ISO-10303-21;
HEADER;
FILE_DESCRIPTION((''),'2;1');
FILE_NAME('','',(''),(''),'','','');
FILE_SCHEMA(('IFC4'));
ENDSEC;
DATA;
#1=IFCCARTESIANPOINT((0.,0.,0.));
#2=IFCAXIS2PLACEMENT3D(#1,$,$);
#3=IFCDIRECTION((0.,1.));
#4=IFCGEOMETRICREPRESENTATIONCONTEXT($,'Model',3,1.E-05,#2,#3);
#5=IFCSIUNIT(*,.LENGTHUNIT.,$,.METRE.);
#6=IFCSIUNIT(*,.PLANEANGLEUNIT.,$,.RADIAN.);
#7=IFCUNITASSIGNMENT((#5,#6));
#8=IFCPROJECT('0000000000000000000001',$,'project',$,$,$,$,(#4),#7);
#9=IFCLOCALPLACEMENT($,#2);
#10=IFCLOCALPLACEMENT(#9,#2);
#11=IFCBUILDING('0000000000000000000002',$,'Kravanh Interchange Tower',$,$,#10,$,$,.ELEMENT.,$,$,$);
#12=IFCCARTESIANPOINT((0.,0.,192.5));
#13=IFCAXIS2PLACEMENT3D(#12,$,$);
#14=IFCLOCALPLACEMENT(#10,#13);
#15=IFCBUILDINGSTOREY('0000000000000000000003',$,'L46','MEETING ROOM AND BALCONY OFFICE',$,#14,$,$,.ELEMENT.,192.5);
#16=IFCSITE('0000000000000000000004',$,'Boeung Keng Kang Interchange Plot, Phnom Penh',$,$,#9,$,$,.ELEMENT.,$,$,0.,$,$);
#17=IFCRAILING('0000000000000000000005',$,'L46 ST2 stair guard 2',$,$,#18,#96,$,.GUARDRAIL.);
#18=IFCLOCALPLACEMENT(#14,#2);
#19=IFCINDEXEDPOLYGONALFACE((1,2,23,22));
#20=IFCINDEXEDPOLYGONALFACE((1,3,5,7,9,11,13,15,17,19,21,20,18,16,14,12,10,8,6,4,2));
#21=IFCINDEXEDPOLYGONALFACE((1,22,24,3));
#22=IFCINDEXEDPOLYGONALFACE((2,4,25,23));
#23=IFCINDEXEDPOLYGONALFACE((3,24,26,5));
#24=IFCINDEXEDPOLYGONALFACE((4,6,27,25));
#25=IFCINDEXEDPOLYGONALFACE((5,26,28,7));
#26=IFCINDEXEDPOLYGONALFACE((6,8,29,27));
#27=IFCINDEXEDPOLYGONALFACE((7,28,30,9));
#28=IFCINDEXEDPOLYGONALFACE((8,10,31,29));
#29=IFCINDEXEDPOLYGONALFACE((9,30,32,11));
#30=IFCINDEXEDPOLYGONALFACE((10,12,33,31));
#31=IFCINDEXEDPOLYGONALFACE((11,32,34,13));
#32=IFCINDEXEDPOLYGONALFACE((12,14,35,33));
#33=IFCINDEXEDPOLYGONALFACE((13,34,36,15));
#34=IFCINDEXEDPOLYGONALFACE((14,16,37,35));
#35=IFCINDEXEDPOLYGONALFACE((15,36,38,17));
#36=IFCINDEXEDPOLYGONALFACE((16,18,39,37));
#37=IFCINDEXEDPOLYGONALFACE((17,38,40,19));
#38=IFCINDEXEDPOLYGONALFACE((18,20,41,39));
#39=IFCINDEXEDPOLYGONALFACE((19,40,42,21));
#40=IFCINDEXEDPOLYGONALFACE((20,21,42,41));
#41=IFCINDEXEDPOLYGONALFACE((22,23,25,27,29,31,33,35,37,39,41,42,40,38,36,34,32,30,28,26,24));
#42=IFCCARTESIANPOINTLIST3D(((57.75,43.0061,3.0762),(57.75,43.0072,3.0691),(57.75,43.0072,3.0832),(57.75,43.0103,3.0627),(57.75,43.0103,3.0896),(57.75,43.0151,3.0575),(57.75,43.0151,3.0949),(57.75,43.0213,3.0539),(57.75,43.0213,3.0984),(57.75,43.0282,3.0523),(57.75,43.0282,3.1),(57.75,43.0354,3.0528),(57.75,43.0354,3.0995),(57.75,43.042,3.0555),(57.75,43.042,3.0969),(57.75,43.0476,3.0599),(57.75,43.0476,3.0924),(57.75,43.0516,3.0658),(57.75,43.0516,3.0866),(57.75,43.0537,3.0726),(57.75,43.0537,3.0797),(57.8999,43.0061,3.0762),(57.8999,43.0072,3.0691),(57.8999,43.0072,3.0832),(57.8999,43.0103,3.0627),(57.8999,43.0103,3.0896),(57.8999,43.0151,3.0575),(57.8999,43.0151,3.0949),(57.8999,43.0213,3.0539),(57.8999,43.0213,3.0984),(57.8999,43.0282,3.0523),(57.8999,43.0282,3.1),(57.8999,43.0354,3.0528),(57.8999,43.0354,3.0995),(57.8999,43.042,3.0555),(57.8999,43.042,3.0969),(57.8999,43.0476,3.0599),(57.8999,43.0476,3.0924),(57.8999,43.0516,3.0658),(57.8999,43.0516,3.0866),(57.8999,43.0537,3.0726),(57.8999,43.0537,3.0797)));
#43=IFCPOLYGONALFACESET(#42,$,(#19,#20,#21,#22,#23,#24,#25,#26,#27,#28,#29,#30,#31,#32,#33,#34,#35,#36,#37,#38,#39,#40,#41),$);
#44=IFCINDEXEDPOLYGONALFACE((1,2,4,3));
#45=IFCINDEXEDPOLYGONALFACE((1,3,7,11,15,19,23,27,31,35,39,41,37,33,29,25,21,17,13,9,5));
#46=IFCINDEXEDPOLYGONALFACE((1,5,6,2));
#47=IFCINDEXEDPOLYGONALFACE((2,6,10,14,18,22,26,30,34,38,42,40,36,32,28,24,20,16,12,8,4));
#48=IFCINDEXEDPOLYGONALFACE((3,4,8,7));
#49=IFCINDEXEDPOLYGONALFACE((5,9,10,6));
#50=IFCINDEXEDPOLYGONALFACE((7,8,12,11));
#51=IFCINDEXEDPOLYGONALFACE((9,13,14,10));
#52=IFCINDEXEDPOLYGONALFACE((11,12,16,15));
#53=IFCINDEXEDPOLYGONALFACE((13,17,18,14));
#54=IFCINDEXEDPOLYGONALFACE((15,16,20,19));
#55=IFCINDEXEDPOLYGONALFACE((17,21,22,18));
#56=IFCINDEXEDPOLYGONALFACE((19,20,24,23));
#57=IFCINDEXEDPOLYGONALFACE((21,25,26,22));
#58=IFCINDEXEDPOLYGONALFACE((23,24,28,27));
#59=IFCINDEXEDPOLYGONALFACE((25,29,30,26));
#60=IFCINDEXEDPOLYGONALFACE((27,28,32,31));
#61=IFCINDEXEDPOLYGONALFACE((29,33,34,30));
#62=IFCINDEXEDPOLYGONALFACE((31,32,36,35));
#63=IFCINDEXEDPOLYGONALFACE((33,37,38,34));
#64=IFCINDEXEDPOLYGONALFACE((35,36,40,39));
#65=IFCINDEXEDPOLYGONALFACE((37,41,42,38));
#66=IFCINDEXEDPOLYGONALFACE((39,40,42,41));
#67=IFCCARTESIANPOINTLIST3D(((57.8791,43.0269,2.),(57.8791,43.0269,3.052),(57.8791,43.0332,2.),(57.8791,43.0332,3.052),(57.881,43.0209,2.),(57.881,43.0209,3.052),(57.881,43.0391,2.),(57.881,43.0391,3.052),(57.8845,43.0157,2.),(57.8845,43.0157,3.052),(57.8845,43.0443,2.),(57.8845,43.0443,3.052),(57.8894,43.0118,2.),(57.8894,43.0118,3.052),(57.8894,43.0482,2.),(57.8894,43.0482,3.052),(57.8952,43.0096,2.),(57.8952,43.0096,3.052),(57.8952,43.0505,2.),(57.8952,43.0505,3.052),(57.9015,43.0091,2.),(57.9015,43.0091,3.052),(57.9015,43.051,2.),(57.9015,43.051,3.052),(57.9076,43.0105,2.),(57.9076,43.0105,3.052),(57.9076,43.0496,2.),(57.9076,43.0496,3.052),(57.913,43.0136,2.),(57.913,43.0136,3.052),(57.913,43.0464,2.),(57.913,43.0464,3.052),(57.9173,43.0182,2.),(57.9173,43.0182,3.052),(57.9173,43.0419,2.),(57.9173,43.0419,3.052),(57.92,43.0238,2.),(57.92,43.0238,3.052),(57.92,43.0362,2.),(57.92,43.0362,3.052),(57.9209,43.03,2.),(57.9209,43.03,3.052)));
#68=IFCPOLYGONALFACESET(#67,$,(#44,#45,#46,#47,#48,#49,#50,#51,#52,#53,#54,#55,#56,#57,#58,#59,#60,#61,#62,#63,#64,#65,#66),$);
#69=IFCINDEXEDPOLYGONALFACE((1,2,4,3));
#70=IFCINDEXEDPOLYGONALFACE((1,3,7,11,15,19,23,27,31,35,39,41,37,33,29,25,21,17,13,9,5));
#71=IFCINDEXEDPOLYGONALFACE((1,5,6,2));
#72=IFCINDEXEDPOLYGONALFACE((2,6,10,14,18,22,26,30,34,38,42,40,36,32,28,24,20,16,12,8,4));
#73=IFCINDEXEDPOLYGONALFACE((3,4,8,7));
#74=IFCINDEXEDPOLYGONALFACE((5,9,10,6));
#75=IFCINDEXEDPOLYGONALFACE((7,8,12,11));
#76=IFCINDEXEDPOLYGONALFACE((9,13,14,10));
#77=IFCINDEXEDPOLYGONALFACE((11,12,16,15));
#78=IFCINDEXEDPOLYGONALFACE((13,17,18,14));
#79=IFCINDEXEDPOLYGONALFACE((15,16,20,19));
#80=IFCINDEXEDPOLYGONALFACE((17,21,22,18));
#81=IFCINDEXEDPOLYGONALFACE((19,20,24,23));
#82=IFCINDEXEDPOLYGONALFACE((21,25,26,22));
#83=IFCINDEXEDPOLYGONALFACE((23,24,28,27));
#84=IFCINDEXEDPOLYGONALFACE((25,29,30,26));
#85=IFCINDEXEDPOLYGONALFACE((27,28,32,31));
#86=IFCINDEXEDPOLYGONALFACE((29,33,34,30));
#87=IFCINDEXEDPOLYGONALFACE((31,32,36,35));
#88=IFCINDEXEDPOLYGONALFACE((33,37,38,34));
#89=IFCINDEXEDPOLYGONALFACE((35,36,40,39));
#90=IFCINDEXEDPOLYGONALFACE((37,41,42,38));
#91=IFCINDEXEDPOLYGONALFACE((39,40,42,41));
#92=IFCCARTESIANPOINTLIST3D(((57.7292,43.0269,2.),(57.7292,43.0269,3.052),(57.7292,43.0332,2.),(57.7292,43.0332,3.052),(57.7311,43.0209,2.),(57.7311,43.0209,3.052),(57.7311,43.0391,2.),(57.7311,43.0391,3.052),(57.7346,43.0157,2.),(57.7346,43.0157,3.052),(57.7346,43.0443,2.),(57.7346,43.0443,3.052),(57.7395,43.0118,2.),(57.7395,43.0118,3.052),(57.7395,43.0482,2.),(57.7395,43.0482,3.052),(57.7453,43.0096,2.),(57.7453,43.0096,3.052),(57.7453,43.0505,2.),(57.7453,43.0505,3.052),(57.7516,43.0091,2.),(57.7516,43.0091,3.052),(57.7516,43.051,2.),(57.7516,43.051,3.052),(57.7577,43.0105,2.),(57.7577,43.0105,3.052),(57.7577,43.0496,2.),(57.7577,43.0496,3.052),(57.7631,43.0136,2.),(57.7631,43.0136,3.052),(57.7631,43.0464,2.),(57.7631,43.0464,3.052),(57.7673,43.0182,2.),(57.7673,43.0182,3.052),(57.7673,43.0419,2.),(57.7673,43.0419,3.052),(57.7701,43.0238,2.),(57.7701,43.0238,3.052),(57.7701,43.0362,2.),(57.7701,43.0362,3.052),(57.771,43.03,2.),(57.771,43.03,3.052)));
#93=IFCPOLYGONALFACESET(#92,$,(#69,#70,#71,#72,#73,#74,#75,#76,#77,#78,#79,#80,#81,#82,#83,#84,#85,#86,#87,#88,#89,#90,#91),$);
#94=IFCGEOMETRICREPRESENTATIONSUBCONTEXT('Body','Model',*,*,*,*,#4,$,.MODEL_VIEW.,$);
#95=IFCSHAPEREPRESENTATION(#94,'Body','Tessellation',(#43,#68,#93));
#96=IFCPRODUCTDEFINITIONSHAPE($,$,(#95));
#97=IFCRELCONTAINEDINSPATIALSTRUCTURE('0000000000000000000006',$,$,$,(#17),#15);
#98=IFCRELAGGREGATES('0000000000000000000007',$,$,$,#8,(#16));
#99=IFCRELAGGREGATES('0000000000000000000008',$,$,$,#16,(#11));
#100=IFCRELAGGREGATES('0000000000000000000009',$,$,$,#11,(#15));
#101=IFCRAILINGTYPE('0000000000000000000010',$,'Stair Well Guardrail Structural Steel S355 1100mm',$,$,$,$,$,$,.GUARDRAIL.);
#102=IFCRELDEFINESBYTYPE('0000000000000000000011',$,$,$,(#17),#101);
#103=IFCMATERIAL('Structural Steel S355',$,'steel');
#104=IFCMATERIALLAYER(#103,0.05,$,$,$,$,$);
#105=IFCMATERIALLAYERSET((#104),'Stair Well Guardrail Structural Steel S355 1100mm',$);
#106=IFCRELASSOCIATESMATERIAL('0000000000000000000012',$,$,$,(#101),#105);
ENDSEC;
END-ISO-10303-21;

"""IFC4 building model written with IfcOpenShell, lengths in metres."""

from ifc_helpers import new_model, si_unit, direction, frame, origin, origin_2d, place, context, subcontext, project, spatial, circle, extrude, material, layer, layer_set, type_object, element, save


model = new_model("IFC4")

# Units and contexts
model_context = context("Model", 3, precision=1e-05, world=origin(), true_north=direction((0.0, 1.0)))
body_context = subcontext(model_context, "Body", "Model", "MODEL_VIEW")
ifc_project = project(units=[si_unit("LENGTHUNIT", "METRE"), si_unit("PLANEANGLEUNIT", "RADIAN")], contexts=[model_context])

# Site, building, storey
site_placement = place(None, origin())
site = spatial("IfcSite", under=ifc_project, at=site_placement, Name="Boeung Keng Kang Interchange Plot, Phnom Penh", CompositionType="ELEMENT", RefElevation=0.0)
building_placement = place(site_placement, origin())
building = spatial("IfcBuilding", under=site, at=building_placement, Name="Kravanh Interchange Tower", CompositionType="ELEMENT")
storey_placement = place(building_placement, frame((0.0, 0.0, 192.5)))
storey = spatial("IfcBuildingStorey", under=building, at=storey_placement, Name="L46", Description="MEETING ROOM AND BALCONY OFFICE", CompositionType="ELEMENT", Elevation=192.5)

# Railing
ifc_material_1 = material(Name="Structural Steel S355", Category="steel")
ifc_layer_1 = layer(ifc_material_1, 0.05)
ifc_layer_set_1 = layer_set([ifc_layer_1], Name="Stair Well Guardrail Structural Steel S355 1100mm")
railing_type_1 = type_object("IfcRailingType", Name="Stair Well Guardrail Structural Steel S355 1100mm", PredefinedType="GUARDRAIL", material=ifc_layer_set_1)
railing_1_placement = place(storey_placement, frame((57.8999, 43.03, 2.0)))
element("IfcRailing", 1, at=railing_1_placement, inside=storey, type_object=railing_type_1, Name="L46 ST2 stair guard 2", PredefinedType="GUARDRAIL", context=body_context, shape_type="SweptSolid", body=[
    extrude(circle(Radius=0.0239, at=origin_2d()), frame((0.0, 0.0, 1.0762), z_axis=(-1.0, 0.0, 0.0), x_axis=(0.0, -1.0, 0.0)), (0.0, 0.0, 1.0), 0.1499),
    extrude(circle(Radius=0.021, at=origin_2d()), origin(), (0.0, 0.0, 1.0), 1.052),
    extrude(circle(Radius=0.021, at=origin_2d()), frame((-0.1499, 0.0, 0.0)), (0.0, 0.0, 1.0), 1.052),
])

save(model, "model.ifc")
